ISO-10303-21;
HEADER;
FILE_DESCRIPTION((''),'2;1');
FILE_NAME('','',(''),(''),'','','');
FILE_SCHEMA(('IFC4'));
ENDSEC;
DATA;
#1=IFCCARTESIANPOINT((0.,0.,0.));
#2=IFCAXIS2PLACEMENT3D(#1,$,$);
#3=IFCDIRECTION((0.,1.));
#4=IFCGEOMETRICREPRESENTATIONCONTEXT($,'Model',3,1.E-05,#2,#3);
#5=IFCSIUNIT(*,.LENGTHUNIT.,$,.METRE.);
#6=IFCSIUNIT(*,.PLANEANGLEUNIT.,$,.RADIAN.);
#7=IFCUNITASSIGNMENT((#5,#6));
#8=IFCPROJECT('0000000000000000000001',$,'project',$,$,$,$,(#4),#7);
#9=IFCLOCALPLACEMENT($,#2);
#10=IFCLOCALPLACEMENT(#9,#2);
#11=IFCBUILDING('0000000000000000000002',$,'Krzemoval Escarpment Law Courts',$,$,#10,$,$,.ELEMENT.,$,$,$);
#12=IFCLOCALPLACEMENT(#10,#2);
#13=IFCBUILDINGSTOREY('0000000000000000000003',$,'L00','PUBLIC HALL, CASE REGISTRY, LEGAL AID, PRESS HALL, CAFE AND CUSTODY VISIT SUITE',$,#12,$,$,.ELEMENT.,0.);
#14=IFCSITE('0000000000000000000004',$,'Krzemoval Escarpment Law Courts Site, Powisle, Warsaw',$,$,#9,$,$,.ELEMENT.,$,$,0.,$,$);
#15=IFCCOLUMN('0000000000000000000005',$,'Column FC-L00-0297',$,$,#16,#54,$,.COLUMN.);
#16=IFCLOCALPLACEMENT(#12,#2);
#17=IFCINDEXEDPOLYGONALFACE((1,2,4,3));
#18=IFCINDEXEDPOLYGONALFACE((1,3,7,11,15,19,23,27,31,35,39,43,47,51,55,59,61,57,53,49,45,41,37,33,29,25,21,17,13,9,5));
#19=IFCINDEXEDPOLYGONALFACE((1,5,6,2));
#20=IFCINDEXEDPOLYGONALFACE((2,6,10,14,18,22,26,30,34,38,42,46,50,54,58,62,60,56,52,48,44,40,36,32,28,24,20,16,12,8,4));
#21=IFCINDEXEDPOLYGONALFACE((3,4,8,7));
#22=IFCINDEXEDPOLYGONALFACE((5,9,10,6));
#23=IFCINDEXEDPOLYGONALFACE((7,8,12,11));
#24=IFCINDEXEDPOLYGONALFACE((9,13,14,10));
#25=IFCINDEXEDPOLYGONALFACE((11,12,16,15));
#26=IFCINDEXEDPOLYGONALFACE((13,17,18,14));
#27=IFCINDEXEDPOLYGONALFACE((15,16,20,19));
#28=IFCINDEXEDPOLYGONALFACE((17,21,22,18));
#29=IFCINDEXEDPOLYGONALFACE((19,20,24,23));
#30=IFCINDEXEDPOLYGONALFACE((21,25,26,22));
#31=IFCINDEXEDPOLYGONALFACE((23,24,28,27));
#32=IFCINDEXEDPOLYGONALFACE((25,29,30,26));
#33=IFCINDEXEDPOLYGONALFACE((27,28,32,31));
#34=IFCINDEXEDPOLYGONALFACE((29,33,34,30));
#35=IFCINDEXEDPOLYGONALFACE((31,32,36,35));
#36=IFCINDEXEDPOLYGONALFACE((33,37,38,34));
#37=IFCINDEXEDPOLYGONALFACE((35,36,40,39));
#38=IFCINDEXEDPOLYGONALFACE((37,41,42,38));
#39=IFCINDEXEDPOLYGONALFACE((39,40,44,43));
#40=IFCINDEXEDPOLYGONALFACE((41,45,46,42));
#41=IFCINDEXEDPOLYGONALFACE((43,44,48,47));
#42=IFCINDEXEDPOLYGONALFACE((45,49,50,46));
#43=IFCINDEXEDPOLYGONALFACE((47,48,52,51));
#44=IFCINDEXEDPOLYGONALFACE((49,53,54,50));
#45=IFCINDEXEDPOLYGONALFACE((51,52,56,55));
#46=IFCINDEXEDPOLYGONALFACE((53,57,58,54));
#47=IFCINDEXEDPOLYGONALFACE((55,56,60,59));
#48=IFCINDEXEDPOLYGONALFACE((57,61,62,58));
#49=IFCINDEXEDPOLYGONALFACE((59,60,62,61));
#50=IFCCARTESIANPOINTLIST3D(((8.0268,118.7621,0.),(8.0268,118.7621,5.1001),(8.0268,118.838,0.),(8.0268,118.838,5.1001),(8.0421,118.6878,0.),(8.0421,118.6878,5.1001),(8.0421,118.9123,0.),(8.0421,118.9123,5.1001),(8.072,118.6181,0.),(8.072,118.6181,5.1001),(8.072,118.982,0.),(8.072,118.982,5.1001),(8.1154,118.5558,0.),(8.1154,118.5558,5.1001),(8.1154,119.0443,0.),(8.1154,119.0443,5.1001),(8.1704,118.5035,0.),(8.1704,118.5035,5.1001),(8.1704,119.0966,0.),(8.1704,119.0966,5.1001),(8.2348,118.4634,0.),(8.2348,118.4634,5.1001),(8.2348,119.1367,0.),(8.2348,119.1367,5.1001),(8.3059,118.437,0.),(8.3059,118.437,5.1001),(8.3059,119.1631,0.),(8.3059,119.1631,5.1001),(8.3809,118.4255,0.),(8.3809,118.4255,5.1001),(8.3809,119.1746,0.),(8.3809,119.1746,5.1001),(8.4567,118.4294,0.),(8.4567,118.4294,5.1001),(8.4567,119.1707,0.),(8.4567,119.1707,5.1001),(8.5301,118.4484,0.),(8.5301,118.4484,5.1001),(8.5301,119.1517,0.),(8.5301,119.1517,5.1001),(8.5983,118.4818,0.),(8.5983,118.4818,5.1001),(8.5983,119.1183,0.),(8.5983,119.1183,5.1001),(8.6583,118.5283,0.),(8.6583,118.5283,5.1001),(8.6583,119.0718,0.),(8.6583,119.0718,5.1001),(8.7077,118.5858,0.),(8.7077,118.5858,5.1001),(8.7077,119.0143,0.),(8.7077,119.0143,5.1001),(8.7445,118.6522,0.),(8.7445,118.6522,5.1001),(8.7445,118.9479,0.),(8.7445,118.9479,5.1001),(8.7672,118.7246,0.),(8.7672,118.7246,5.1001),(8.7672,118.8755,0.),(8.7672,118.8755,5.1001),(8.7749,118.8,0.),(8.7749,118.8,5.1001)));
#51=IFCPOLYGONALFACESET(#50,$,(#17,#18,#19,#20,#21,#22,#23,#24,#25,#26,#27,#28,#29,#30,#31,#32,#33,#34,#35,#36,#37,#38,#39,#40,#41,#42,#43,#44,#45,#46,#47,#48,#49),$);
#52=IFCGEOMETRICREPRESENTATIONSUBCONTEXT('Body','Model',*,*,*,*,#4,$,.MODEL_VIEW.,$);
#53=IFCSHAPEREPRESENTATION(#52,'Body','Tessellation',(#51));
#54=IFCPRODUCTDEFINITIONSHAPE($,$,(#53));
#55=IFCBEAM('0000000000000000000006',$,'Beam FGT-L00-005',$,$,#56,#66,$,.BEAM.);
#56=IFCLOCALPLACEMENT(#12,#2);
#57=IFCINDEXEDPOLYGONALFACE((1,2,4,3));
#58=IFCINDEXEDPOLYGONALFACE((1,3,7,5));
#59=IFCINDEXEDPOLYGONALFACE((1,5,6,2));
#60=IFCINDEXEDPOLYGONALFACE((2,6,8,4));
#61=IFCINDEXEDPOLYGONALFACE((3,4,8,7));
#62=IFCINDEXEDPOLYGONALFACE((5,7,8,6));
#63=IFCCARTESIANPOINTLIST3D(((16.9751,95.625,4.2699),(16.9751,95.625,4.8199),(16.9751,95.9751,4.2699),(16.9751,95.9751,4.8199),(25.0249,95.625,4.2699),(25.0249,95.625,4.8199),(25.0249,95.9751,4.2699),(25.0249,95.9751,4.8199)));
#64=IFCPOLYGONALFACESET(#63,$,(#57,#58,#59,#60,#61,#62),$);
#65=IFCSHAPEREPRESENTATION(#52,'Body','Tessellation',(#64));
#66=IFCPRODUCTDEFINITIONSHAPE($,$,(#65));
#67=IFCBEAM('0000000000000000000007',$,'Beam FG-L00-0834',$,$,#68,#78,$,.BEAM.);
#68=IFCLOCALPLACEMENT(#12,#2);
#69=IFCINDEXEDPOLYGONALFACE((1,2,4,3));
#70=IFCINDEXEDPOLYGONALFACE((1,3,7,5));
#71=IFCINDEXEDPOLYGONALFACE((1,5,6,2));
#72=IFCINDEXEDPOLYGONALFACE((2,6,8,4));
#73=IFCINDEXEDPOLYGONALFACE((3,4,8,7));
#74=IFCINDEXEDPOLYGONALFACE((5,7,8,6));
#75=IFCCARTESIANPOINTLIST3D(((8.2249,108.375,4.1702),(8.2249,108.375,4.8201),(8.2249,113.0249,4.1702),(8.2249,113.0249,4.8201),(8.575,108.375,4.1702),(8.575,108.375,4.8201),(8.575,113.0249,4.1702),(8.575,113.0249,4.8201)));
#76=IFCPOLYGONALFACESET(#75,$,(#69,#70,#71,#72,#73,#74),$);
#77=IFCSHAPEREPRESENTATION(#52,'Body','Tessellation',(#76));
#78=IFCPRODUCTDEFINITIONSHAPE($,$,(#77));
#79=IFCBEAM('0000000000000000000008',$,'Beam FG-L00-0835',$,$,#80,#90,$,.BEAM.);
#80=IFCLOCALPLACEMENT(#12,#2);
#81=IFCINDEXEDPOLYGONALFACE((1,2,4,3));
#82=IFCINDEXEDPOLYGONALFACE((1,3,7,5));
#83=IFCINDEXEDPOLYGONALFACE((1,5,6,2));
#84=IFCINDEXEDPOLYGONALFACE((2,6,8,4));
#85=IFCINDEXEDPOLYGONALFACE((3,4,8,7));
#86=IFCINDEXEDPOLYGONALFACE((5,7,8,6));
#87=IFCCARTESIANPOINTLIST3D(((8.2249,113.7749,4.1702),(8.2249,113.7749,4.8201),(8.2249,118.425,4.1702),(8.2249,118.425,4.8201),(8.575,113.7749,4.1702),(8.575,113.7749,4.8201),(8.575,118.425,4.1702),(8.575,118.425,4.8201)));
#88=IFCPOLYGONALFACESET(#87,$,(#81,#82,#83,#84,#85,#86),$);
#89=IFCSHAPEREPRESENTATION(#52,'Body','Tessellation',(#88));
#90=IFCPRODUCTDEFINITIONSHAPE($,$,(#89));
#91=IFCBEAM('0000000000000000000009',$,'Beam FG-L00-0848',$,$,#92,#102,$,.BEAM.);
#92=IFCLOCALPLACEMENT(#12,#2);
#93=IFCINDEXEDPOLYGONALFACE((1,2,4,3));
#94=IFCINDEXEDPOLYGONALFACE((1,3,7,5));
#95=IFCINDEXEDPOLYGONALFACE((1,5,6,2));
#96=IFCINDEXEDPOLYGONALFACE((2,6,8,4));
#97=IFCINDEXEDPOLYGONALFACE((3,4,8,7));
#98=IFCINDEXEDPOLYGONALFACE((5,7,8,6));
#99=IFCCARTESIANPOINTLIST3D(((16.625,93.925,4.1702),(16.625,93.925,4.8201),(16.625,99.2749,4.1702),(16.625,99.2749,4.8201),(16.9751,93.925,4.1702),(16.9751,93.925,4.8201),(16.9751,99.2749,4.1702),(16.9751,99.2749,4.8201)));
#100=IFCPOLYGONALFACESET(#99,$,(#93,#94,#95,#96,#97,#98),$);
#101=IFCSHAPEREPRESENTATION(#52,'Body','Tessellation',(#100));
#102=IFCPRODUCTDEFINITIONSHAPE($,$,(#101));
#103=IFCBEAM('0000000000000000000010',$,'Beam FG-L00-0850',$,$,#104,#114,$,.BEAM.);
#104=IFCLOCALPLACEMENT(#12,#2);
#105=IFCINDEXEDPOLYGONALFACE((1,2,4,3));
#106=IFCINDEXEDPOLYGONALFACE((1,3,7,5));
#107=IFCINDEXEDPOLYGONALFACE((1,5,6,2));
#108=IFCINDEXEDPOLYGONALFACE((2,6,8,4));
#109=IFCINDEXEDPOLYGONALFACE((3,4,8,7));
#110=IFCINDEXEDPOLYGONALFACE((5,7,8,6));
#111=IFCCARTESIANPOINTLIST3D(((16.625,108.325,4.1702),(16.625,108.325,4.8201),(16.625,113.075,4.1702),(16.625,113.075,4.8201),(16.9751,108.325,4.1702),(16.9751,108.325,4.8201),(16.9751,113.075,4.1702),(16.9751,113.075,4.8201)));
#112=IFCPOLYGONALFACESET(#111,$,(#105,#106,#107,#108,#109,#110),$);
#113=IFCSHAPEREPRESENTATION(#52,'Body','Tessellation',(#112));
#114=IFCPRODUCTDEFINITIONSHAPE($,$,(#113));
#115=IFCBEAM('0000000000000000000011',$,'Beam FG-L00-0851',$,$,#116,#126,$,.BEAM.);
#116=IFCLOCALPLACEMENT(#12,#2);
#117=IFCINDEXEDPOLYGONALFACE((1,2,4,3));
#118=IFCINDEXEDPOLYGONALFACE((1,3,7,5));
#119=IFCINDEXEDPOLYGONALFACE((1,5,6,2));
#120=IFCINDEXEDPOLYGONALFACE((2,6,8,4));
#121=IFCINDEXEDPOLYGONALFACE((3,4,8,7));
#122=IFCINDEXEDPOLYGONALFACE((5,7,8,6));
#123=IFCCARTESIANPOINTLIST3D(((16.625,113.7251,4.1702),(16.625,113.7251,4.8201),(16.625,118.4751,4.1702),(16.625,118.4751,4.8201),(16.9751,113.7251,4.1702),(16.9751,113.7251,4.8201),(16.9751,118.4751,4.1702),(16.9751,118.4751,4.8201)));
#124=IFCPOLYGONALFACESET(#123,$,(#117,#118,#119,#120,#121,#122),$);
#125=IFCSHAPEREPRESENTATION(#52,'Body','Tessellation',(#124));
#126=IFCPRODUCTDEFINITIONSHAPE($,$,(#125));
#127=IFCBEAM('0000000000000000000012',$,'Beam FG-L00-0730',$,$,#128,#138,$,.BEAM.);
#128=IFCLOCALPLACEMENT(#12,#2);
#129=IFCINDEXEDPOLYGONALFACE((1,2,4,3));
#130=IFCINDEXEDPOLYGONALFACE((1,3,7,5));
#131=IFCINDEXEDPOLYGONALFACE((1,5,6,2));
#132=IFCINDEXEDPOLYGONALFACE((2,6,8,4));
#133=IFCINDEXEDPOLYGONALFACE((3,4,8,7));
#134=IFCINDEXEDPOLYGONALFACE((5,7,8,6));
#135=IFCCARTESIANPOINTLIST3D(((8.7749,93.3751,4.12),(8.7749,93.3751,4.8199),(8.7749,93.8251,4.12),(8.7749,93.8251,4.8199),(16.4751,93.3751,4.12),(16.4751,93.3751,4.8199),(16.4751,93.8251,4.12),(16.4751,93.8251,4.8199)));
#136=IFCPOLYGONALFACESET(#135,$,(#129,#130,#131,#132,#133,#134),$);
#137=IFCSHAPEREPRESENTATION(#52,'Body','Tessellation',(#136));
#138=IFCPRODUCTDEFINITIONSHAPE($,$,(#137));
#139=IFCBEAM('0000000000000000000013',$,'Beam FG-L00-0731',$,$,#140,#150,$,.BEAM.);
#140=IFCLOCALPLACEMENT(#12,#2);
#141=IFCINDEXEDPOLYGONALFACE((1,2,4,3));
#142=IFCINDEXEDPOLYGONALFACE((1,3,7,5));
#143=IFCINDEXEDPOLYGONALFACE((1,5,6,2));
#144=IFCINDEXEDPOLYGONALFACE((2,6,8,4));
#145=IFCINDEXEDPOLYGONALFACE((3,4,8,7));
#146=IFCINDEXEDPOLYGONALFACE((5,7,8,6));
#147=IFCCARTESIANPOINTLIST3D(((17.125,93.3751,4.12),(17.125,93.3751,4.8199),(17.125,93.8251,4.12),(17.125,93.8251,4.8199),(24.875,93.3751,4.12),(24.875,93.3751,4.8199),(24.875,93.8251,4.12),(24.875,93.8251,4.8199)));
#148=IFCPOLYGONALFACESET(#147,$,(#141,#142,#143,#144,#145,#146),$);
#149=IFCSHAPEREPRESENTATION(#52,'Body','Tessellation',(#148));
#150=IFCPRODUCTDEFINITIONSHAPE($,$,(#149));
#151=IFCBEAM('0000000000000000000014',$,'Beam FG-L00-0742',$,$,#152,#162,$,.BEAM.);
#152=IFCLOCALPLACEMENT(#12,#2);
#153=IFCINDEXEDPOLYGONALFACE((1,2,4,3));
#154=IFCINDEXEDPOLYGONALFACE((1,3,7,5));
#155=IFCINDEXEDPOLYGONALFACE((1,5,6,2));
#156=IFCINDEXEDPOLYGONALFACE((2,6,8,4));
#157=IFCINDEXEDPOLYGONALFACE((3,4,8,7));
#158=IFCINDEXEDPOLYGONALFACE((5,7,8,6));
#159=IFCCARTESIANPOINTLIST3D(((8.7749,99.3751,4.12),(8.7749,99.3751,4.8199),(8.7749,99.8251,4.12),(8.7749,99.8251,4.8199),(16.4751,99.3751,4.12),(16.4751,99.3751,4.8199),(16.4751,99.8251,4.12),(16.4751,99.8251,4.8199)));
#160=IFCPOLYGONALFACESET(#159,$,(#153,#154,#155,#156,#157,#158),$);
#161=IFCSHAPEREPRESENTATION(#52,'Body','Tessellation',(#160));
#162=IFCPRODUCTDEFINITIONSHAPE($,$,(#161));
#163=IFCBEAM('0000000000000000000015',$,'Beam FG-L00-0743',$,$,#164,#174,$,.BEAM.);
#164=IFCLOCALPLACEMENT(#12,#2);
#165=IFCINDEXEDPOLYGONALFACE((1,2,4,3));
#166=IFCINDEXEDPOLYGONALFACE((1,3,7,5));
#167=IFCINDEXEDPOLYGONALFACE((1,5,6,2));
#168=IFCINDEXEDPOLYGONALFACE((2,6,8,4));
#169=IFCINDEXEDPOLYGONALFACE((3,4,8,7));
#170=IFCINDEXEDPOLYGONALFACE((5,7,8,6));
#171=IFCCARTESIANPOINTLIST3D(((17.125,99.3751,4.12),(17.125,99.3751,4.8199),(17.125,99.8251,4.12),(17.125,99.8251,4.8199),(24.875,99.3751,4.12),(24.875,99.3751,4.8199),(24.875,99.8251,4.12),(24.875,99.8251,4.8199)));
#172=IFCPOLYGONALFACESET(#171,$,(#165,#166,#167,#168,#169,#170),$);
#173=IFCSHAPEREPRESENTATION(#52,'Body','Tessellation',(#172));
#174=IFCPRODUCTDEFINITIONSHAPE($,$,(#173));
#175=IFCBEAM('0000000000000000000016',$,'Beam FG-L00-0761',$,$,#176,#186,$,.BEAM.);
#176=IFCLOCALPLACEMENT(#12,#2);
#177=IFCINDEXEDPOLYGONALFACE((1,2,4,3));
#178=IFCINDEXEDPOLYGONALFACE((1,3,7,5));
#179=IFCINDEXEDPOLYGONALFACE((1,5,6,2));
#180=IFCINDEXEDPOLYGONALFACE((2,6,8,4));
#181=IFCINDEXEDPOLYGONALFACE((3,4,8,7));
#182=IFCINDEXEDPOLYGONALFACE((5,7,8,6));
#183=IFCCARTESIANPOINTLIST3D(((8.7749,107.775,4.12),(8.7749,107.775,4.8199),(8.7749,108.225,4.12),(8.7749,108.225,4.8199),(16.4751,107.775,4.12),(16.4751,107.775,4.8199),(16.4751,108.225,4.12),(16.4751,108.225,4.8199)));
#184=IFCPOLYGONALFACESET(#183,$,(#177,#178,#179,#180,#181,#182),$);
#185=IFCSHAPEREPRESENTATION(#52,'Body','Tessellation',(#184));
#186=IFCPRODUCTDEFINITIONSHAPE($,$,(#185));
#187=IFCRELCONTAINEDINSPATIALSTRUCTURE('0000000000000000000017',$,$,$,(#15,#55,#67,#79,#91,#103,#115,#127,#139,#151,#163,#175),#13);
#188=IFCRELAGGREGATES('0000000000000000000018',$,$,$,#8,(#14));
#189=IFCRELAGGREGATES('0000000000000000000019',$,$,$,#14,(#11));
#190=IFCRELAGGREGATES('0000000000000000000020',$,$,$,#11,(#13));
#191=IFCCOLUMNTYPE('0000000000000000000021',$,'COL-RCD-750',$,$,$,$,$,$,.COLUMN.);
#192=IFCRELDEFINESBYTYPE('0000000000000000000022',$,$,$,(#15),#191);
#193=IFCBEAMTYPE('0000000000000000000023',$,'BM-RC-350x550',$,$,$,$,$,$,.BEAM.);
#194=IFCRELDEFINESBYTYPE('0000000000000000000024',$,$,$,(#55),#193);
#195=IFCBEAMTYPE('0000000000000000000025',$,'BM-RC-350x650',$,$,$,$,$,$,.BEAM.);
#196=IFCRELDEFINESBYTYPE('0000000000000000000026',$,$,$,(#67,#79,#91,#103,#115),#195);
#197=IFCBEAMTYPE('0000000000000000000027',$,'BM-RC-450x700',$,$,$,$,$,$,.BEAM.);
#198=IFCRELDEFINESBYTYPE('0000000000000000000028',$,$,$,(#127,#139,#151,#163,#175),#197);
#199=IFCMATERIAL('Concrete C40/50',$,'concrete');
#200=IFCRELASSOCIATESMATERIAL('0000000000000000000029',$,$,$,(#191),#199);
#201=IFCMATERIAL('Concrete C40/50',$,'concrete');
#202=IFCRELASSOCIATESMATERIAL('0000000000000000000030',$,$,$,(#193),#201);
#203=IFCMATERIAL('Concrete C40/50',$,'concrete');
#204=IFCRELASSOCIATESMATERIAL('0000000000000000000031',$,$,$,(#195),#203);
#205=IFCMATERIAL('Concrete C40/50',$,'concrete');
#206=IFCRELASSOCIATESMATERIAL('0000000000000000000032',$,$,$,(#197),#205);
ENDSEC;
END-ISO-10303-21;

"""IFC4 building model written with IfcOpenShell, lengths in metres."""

from ifc_helpers import new_model, si_unit, direction, frame, origin, origin_2d, place, context, subcontext, project, spatial, rectangle, circle, extrude, material, material_profile, profile_set, type_object, element, save


model = new_model("IFC4")

# Units and contexts
model_context = context("Model", 3, precision=1e-05, world=origin(), true_north=direction((0.0, 1.0)))
body_context = subcontext(model_context, "Body", "Model", "MODEL_VIEW")
ifc_project = project(units=[si_unit("LENGTHUNIT", "METRE"), si_unit("PLANEANGLEUNIT", "RADIAN")], contexts=[model_context])

# Site, building, storey
site_placement = place(None, origin())
site = spatial("IfcSite", under=ifc_project, at=site_placement, Name="Krzemoval Escarpment Law Courts Site, Powisle, Warsaw", CompositionType="ELEMENT", RefElevation=0.0)
building_placement = place(site_placement, origin())
building = spatial("IfcBuilding", under=site, at=building_placement, Name="Krzemoval Escarpment Law Courts", CompositionType="ELEMENT")
storey_placement = place(building_placement, origin())
storey = spatial("IfcBuildingStorey", under=building, at=storey_placement, Name="L00", Description="PUBLIC HALL, CASE REGISTRY, LEGAL AID, PRESS HALL, CAFE AND CUSTODY VISIT SUITE", CompositionType="ELEMENT", Elevation=0.0)

# Column
ifc_material_1 = material(Name="Concrete C40/50", Category="concrete")
ifc_material_profile_1 = material_profile(ifc_material_1, circle(Radius=0.375, at=origin_2d()), Name="RC D750")
ifc_profile_set_1 = profile_set([ifc_material_profile_1], Name="Concrete C40/50")
column_type_1 = type_object("IfcColumnType", Name="COL-RCD-750", PredefinedType="COLUMN", material=ifc_profile_set_1)
for number, where, z_axis, x_axis, name in (
    (1, (8.3999, 118.8, 0.0), (0.0, 0.0, 1.0), (1.0, 0.0, 0.0), "Column FC-L00-0297"),
):
    element("IfcColumn", number, at=place(storey_placement, frame(where, z_axis=z_axis, x_axis=x_axis)), inside=storey, type_object=column_type_1, Name=name, PredefinedType="COLUMN", context=body_context, shape_type="SweptSolid", body=[
        extrude(circle(Radius=0.375, at=origin_2d()), origin(), (0.0, 0.0, 1.0), 5.1001),
    ])

# Beams
ifc_material_2 = material(Name="Concrete C40/50", Category="concrete")
ifc_material_profile_2 = material_profile(ifc_material_2, rectangle(XDim=0.3501, YDim=0.55, at=origin_2d()), Name="RCB 350x550")
ifc_profile_set_2 = profile_set([ifc_material_profile_2], Name="Concrete C40/50")
beam_type_1 = type_object("IfcBeamType", Name="BM-RC-350x550", PredefinedType="BEAM", material=ifc_profile_set_2)
beam_1_placement = place(storey_placement, frame((16.9751, 95.8, 4.5449), z_axis=(1.0, 0.0, 0.0), x_axis=(0.0, 1.0, 0.0)))
element("IfcBeam", 2, at=beam_1_placement, inside=storey, type_object=beam_type_1, Name="Beam FGT-L00-005", PredefinedType="BEAM", context=body_context, shape_type="SweptSolid", body=[
    extrude(rectangle(XDim=0.3501, YDim=0.55, at=origin_2d()), origin(), (0.0, 0.0, 1.0), 8.0498),
])
ifc_material_3 = material(Name="Concrete C40/50", Category="concrete")
ifc_material_profile_3 = material_profile(ifc_material_3, rectangle(XDim=0.3501, YDim=0.6499, at=origin_2d()), Name="RCB 350x650")
ifc_profile_set_3 = profile_set([ifc_material_profile_3], Name="Concrete C40/50")
beam_type_2 = type_object("IfcBeamType", Name="BM-RC-350x650", PredefinedType="BEAM", material=ifc_profile_set_3)
beam_2_placement = place(storey_placement, frame((8.3999, 108.375, 4.4951), z_axis=(0.0, 1.0, 0.0), x_axis=(-1.0, 0.0, 0.0)))
element("IfcBeam", 3, at=beam_2_placement, inside=storey, type_object=beam_type_2, Name="Beam FG-L00-0834", PredefinedType="BEAM", context=body_context, shape_type="SweptSolid", body=[
    extrude(rectangle(XDim=0.3501, YDim=0.6499, at=origin_2d()), origin(), (0.0, 0.0, 1.0), 4.6499),
])
beam_3_placement = place(storey_placement, frame((8.3999, 113.7749, 4.4951), z_axis=(0.0, 1.0, 0.0), x_axis=(-1.0, 0.0, 0.0)))
element("IfcBeam", 4, at=beam_3_placement, inside=storey, type_object=beam_type_2, Name="Beam FG-L00-0835", PredefinedType="BEAM", context=body_context, shape_type="SweptSolid", body=[
    extrude(rectangle(XDim=0.3501, YDim=0.6499, at=origin_2d()), origin(), (0.0, 0.0, 1.0), 4.6501),
])
beam_4_placement = place(storey_placement, frame((16.8, 93.925, 4.4951), z_axis=(0.0, 1.0, 0.0), x_axis=(-1.0, 0.0, 0.0)))
element("IfcBeam", 5, at=beam_4_placement, inside=storey, type_object=beam_type_2, Name="Beam FG-L00-0848", PredefinedType="BEAM", context=body_context, shape_type="SweptSolid", body=[
    extrude(rectangle(XDim=0.3501, YDim=0.6499, at=origin_2d()), origin(), (0.0, 0.0, 1.0), 5.3499),
])
for number, where, z_axis, x_axis, name in (
    (6, (16.8, 108.325, 4.4951), (0.0, 1.0, 0.0), (-1.0, 0.0, 0.0), "Beam FG-L00-0850"),
    (7, (16.8, 113.7251, 4.4951), (0.0, 1.0, 0.0), (-1.0, 0.0, 0.0), "Beam FG-L00-0851"),
):
    element("IfcBeam", number, at=place(storey_placement, frame(where, z_axis=z_axis, x_axis=x_axis)), inside=storey, type_object=beam_type_2, Name=name, PredefinedType="BEAM", context=body_context, shape_type="SweptSolid", body=[
        extrude(rectangle(XDim=0.3501, YDim=0.6499, at=origin_2d()), origin(), (0.0, 0.0, 1.0), 4.75),
    ])
ifc_material_4 = material(Name="Concrete C40/50", Category="concrete")
ifc_material_profile_4 = material_profile(ifc_material_4, rectangle(XDim=0.45, YDim=0.7, at=origin_2d()), Name="RCB 450x700")
ifc_profile_set_4 = profile_set([ifc_material_profile_4], Name="Concrete C40/50")
beam_type_3 = type_object("IfcBeamType", Name="BM-RC-450x700", PredefinedType="BEAM", material=ifc_profile_set_4)
beam_5_placement = place(storey_placement, frame((8.7749, 93.6001, 4.47), z_axis=(1.0, 0.0, 0.0), x_axis=(0.0, 1.0, 0.0)))
element("IfcBeam", 8, at=beam_5_placement, inside=storey, type_object=beam_type_3, Name="Beam FG-L00-0730", PredefinedType="BEAM", context=body_context, shape_type="SweptSolid", body=[
    extrude(rectangle(XDim=0.45, YDim=0.7, at=origin_2d()), origin(), (0.0, 0.0, 1.0), 7.7002),
])
beam_6_placement = place(storey_placement, frame((17.125, 93.6001, 4.47), z_axis=(1.0, 0.0, 0.0), x_axis=(0.0, 1.0, 0.0)))
element("IfcBeam", 9, at=beam_6_placement, inside=storey, type_object=beam_type_3, Name="Beam FG-L00-0731", PredefinedType="BEAM", context=body_context, shape_type="SweptSolid", body=[
    extrude(rectangle(XDim=0.45, YDim=0.7, at=origin_2d()), origin(), (0.0, 0.0, 1.0), 7.75),
])
beam_7_placement = place(storey_placement, frame((8.7749, 99.6001, 4.47), z_axis=(1.0, 0.0, 0.0), x_axis=(0.0, 1.0, 0.0)))
element("IfcBeam", 10, at=beam_7_placement, inside=storey, type_object=beam_type_3, Name="Beam FG-L00-0742", PredefinedType="BEAM", context=body_context, shape_type="SweptSolid", body=[
    extrude(rectangle(XDim=0.45, YDim=0.7, at=origin_2d()), origin(), (0.0, 0.0, 1.0), 7.7002),
])
beam_8_placement = place(storey_placement, frame((17.125, 99.6001, 4.47), z_axis=(1.0, 0.0, 0.0), x_axis=(0.0, 1.0, 0.0)))
element("IfcBeam", 11, at=beam_8_placement, inside=storey, type_object=beam_type_3, Name="Beam FG-L00-0743", PredefinedType="BEAM", context=body_context, shape_type="SweptSolid", body=[
    extrude(rectangle(XDim=0.45, YDim=0.7, at=origin_2d()), origin(), (0.0, 0.0, 1.0), 7.75),
])
beam_9_placement = place(storey_placement, frame((8.7749, 108.0, 4.47), z_axis=(1.0, 0.0, 0.0), x_axis=(0.0, 1.0, 0.0)))
element("IfcBeam", 12, at=beam_9_placement, inside=storey, type_object=beam_type_3, Name="Beam FG-L00-0761", PredefinedType="BEAM", context=body_context, shape_type="SweptSolid", body=[
    extrude(rectangle(XDim=0.45, YDim=0.7, at=origin_2d()), origin(), (0.0, 0.0, 1.0), 7.7002),
])

save(model, "model.ifc")
